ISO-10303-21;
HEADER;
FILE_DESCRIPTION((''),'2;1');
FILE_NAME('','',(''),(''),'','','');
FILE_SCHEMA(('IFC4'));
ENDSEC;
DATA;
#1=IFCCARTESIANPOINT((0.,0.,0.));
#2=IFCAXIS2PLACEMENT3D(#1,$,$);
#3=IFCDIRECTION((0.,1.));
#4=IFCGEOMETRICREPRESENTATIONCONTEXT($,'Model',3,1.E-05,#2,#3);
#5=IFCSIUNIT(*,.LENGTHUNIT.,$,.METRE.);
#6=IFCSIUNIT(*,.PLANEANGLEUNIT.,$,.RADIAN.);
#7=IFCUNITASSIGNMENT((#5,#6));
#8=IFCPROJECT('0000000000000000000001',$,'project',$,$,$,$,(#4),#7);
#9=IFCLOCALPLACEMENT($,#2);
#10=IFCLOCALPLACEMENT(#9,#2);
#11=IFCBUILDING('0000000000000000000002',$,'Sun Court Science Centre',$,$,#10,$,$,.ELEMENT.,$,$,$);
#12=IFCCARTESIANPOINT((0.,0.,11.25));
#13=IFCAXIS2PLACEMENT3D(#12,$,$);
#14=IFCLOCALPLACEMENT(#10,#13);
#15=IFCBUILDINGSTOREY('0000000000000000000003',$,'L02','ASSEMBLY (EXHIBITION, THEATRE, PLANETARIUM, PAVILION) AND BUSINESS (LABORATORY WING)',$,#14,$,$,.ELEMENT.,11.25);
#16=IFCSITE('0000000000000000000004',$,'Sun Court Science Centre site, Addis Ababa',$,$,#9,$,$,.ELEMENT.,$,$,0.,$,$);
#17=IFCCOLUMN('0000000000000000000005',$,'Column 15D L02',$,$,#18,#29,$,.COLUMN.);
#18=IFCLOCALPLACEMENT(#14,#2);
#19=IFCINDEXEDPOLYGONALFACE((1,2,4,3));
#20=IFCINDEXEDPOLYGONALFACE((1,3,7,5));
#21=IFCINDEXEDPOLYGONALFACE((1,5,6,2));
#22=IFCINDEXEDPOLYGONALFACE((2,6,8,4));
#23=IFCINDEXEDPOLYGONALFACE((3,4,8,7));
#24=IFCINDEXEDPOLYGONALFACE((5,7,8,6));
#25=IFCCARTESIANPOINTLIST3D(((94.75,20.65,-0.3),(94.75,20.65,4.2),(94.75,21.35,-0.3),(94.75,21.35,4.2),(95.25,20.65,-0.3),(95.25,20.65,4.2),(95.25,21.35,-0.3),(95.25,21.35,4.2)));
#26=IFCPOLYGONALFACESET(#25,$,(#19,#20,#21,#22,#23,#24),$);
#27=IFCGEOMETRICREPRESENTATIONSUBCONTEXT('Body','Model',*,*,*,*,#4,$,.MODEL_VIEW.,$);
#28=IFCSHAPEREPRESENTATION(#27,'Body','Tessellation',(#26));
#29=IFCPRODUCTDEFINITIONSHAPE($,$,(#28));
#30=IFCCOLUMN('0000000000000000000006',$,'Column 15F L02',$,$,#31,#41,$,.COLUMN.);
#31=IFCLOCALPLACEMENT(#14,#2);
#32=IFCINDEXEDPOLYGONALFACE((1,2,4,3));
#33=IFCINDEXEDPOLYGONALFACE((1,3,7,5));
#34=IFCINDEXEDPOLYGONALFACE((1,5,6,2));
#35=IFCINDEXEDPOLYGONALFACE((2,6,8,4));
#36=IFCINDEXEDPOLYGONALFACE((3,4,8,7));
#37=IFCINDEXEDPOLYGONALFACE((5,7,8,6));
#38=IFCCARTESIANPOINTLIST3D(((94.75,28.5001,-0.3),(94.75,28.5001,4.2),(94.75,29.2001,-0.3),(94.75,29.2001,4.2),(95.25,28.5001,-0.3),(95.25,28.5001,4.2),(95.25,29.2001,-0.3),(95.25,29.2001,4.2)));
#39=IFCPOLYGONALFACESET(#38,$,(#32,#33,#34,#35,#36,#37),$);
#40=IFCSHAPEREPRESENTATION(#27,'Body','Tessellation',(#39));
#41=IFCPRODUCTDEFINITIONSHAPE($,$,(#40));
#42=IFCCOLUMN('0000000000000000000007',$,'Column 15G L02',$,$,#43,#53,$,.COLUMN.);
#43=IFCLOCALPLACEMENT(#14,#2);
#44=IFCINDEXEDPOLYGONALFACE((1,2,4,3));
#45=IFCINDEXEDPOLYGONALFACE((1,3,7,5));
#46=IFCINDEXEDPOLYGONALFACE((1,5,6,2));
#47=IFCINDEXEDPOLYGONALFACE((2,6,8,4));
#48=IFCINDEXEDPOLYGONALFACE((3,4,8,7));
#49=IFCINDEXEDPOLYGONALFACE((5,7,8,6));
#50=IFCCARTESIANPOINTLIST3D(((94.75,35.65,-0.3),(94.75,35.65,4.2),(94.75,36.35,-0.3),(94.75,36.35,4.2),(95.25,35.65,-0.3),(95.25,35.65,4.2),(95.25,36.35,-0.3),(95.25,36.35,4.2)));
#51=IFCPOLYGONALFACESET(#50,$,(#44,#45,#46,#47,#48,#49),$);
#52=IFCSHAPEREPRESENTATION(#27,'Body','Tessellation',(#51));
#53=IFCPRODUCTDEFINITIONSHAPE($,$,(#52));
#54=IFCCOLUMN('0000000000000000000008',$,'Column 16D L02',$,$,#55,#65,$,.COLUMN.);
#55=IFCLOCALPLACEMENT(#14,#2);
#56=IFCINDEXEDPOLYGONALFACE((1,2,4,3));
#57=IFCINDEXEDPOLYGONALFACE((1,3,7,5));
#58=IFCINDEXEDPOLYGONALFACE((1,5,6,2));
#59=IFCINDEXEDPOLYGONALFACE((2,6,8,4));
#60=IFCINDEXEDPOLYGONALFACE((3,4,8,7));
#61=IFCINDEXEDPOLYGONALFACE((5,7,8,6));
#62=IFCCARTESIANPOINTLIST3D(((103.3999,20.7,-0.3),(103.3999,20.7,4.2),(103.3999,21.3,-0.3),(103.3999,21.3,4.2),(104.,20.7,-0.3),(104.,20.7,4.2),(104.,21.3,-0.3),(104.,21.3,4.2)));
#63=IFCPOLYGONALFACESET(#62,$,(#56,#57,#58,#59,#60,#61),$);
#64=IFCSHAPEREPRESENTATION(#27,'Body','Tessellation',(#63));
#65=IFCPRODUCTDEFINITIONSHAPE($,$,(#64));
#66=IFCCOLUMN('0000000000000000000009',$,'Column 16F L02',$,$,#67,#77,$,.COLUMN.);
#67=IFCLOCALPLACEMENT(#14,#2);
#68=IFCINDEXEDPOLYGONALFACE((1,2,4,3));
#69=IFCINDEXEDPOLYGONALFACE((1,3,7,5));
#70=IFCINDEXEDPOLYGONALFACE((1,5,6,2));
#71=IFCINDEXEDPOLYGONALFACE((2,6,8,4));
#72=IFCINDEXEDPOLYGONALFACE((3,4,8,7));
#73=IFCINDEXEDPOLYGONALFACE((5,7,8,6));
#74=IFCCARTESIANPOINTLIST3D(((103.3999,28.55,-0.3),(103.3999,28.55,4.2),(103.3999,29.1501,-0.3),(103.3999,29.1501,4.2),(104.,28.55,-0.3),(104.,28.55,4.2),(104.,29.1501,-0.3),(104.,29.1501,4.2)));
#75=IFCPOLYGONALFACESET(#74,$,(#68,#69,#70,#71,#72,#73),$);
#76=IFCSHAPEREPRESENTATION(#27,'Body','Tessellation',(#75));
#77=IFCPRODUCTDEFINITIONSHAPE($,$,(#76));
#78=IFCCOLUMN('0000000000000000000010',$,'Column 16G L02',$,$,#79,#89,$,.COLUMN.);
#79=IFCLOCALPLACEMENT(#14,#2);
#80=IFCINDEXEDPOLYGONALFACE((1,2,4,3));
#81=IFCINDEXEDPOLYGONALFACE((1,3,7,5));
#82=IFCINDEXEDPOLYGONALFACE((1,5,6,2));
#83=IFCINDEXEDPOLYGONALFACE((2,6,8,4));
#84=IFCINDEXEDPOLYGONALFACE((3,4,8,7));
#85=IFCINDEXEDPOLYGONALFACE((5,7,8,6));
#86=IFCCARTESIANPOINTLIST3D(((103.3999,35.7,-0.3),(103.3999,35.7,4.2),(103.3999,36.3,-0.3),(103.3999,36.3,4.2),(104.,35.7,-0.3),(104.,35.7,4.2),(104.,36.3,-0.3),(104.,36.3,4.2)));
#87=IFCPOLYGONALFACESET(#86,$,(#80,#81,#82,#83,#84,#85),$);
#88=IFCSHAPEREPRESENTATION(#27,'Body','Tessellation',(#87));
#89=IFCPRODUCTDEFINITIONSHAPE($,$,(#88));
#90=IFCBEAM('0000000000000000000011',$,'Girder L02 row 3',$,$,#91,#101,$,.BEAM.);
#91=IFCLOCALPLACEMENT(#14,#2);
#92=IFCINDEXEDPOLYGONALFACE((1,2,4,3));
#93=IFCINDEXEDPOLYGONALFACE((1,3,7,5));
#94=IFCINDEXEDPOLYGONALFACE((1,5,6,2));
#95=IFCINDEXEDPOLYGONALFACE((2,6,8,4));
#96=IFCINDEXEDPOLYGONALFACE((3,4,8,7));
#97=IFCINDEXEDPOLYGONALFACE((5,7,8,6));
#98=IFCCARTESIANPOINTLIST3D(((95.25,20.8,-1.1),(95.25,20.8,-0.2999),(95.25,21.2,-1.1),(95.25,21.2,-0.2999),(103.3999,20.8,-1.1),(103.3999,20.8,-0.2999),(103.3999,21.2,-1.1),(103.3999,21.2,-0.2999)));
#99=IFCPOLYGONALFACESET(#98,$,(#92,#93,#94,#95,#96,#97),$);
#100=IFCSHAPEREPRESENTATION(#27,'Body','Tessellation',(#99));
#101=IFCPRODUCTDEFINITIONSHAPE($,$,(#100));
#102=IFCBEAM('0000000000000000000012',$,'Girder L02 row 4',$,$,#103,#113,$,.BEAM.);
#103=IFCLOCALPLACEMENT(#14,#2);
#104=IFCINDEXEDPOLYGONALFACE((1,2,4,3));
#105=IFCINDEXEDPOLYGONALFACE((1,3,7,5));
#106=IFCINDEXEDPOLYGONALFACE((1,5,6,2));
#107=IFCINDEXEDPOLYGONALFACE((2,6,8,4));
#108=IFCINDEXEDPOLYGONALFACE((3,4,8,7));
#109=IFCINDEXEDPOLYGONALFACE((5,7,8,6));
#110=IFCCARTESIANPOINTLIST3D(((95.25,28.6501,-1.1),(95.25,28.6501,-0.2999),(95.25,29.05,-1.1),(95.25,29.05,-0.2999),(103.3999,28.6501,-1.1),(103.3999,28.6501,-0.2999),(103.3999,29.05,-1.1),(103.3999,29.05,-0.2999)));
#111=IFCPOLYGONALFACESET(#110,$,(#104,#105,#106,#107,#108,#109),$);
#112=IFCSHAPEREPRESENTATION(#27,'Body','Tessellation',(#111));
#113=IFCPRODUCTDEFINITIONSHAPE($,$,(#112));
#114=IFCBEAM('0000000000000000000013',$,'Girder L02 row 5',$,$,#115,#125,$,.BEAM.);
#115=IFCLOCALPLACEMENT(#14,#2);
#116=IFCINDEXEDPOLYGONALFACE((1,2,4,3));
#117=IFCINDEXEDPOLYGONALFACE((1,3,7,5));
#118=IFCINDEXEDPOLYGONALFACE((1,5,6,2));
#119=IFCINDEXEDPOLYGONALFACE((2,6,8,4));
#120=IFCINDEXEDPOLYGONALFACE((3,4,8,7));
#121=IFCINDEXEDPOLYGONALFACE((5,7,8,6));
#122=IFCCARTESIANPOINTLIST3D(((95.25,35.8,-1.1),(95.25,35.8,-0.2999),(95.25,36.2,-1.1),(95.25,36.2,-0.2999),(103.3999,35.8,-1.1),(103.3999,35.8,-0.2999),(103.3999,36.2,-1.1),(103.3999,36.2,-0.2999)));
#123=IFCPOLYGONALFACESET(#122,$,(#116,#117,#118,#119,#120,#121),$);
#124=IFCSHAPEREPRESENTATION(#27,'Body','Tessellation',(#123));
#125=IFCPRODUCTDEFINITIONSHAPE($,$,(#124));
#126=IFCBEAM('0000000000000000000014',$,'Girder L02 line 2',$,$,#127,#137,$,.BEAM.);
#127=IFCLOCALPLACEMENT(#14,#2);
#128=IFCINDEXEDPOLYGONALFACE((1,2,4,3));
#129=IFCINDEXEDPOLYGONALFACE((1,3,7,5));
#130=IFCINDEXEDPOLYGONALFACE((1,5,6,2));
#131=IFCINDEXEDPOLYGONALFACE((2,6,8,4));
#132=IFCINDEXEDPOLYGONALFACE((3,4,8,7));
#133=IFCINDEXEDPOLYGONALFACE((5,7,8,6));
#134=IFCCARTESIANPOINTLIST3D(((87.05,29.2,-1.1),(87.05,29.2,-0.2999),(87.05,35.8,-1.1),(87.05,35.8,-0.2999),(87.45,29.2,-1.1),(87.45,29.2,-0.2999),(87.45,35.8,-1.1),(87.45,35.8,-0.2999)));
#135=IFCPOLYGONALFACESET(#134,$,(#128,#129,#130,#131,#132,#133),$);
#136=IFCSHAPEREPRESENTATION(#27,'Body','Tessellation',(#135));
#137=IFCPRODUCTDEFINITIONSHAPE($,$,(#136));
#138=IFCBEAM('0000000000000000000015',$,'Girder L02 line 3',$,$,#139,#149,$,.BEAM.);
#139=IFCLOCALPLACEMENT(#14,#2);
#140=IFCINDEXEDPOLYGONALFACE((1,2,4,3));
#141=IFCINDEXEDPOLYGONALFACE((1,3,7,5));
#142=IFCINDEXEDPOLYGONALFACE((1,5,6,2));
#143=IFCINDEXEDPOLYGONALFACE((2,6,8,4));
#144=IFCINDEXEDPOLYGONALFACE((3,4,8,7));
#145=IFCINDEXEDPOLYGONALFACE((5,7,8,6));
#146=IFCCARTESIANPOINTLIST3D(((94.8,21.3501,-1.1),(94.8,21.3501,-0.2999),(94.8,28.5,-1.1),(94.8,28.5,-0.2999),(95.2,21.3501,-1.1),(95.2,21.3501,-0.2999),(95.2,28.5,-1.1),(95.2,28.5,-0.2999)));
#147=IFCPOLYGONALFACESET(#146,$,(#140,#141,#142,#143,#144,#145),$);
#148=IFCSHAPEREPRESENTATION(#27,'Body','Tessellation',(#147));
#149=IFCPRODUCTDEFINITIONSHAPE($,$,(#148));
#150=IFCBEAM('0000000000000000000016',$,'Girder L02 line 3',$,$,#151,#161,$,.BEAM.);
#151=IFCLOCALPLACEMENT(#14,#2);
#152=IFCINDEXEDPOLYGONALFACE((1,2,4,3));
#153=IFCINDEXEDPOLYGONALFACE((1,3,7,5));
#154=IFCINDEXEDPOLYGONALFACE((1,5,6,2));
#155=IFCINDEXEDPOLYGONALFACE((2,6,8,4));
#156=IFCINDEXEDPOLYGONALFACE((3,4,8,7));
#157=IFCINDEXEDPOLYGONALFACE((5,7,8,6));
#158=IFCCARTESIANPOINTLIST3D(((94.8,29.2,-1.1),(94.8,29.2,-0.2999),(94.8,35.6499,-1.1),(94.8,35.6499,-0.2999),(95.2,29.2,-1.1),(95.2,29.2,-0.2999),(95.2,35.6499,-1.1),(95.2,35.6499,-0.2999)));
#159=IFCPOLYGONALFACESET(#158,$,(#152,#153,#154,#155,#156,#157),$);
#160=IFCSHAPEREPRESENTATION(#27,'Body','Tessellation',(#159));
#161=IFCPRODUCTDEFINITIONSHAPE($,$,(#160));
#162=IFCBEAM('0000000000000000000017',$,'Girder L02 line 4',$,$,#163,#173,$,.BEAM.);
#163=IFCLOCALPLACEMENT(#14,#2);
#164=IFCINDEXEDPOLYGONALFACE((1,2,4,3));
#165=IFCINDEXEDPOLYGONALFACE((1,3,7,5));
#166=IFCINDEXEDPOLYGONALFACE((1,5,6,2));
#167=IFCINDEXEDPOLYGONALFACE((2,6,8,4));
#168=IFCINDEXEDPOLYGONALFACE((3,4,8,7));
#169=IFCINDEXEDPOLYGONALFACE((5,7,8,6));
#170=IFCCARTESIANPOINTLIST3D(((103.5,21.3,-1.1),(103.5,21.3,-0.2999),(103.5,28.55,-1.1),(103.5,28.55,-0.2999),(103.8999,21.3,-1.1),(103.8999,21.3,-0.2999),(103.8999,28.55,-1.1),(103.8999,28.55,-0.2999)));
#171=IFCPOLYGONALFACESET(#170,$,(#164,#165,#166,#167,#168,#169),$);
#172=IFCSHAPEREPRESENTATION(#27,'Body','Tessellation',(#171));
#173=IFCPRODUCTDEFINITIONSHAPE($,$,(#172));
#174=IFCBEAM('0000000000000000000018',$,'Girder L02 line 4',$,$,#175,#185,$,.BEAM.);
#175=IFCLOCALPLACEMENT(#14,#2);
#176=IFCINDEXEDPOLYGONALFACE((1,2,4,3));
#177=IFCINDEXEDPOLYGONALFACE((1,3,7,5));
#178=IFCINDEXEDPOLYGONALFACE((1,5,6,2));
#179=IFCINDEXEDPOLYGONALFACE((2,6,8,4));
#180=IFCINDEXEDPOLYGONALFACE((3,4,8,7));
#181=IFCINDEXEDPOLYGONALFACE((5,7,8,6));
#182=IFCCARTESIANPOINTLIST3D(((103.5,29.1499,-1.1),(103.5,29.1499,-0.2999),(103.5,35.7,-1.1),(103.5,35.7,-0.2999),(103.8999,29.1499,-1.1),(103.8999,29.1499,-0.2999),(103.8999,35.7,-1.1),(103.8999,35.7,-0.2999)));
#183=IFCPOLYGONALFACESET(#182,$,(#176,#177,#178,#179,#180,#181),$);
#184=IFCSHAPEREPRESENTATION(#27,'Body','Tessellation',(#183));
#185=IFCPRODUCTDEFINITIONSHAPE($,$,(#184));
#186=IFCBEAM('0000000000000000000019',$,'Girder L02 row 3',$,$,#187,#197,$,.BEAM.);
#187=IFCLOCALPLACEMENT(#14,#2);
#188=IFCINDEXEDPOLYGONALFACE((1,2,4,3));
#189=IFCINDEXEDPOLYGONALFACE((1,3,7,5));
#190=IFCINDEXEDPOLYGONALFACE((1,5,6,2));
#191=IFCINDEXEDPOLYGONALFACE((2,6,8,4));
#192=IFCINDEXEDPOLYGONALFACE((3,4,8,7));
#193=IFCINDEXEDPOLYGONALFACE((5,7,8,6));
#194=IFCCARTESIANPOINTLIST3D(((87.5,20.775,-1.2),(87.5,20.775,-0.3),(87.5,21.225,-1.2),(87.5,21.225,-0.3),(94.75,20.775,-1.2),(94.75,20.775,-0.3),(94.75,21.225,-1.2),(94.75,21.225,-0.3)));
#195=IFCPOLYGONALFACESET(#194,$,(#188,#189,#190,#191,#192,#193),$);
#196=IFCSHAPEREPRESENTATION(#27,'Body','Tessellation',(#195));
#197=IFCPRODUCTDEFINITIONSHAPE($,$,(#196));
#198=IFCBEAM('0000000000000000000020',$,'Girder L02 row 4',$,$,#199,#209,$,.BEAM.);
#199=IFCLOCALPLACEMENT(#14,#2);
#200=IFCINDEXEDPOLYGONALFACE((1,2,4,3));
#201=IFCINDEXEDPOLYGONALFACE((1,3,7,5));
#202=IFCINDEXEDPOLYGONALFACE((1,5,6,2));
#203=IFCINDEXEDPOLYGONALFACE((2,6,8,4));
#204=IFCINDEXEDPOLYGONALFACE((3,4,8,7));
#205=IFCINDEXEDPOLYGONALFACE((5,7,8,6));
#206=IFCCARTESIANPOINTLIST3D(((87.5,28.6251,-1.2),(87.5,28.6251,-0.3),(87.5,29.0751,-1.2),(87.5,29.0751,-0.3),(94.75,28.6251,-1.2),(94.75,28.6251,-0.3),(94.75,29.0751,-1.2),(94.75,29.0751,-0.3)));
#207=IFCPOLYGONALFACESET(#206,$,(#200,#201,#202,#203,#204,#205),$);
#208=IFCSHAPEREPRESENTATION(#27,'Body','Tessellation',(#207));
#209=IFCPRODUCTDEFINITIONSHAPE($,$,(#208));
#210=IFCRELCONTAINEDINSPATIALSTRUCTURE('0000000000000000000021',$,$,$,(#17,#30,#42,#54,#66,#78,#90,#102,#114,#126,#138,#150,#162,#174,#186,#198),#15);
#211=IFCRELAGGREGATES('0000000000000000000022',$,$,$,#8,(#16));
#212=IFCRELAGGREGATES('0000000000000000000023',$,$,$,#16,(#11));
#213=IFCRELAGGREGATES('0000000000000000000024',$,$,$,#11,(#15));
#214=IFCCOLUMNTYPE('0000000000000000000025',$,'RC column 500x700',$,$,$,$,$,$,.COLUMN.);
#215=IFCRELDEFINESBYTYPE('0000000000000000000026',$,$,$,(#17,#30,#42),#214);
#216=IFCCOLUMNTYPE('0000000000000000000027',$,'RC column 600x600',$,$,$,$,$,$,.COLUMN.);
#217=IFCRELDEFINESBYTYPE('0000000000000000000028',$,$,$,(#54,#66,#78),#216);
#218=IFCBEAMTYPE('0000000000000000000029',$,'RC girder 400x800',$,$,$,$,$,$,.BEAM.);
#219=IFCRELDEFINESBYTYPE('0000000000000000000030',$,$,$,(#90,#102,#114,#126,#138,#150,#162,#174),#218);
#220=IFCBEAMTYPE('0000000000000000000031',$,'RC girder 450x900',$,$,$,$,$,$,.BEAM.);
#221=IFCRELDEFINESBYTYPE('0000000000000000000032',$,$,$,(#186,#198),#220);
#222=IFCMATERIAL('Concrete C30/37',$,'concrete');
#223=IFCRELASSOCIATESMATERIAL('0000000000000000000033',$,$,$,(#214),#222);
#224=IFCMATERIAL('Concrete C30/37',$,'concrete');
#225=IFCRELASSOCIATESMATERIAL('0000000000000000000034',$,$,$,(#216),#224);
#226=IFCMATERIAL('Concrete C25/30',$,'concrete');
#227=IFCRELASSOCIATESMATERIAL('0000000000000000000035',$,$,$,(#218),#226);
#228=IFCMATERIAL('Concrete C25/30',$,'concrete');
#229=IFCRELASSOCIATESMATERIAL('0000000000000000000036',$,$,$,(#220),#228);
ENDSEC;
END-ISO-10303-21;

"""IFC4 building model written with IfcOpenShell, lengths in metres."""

from ifc_helpers import new_model, si_unit, direction, frame, origin, origin_2d, place, context, subcontext, project, spatial, rectangle, extrude, material, material_profile, profile_set, type_object, element, save


model = new_model("IFC4")

# Units and contexts
model_context = context("Model", 3, precision=1e-05, world=origin(), true_north=direction((0.0, 1.0)))
body_context = subcontext(model_context, "Body", "Model", "MODEL_VIEW")
ifc_project = project(units=[si_unit("LENGTHUNIT", "METRE"), si_unit("PLANEANGLEUNIT", "RADIAN")], contexts=[model_context])

# Site, building, storey
site_placement = place(None, origin())
site = spatial("IfcSite", under=ifc_project, at=site_placement, Name="Sun Court Science Centre site, Addis Ababa", CompositionType="ELEMENT", RefElevation=0.0)
building_placement = place(site_placement, origin())
building = spatial("IfcBuilding", under=site, at=building_placement, Name="Sun Court Science Centre", CompositionType="ELEMENT")
storey_placement = place(building_placement, frame((0.0, 0.0, 11.25)))
storey = spatial("IfcBuildingStorey", under=building, at=storey_placement, Name="L02", Description="ASSEMBLY (EXHIBITION, THEATRE, PLANETARIUM, PAVILION) AND BUSINESS (LABORATORY WING)", CompositionType="ELEMENT", Elevation=11.25)

# Columns
ifc_material_1 = material(Name="Concrete C30/37", Category="concrete")
ifc_material_profile_1 = material_profile(ifc_material_1, rectangle(XDim=0.5, YDim=0.7, at=origin_2d()), Name="RC 500x700")
ifc_profile_set_1 = profile_set([ifc_material_profile_1], Name="Concrete C30/37")
column_type_1 = type_object("IfcColumnType", Name="RC column 500x700", PredefinedType="COLUMN", material=ifc_profile_set_1)
for number, where, z_axis, x_axis, name in (
    (1, (95.0, 21.0, -0.3), (0.0, 0.0, 1.0), (1.0, 0.0, 0.0), "Column 15D L02"),
    (2, (95.0, 28.8501, -0.3), (0.0, 0.0, 1.0), (1.0, 0.0, 0.0), "Column 15F L02"),
    (3, (95.0, 36.0, -0.3), (0.0, 0.0, 1.0), (1.0, 0.0, 0.0), "Column 15G L02"),
):
    element("IfcColumn", number, at=place(storey_placement, frame(where, z_axis=z_axis, x_axis=x_axis)), inside=storey, type_object=column_type_1, Name=name, PredefinedType="COLUMN", context=body_context, shape_type="SweptSolid", body=[
        extrude(rectangle(XDim=0.5, YDim=0.7, at=origin_2d()), origin(), (0.0, 0.0, 1.0), 4.5),
    ])
ifc_material_2 = material(Name="Concrete C30/37", Category="concrete")
ifc_material_profile_2 = material_profile(ifc_material_2, rectangle(XDim=0.6001, YDim=0.6001, at=origin_2d()), Name="RC 600x600")
ifc_profile_set_2 = profile_set([ifc_material_profile_2], Name="Concrete C30/37")
column_type_2 = type_object("IfcColumnType", Name="RC column 600x600", PredefinedType="COLUMN", material=ifc_profile_set_2)
for number, where, z_axis, x_axis, name in (
    (4, (103.7, 21.0, -0.3), (0.0, 0.0, 1.0), (1.0, 0.0, 0.0), "Column 16D L02"),
    (5, (103.7, 28.8501, -0.3), (0.0, 0.0, 1.0), (1.0, 0.0, 0.0), "Column 16F L02"),
    (6, (103.7, 36.0, -0.3), (0.0, 0.0, 1.0), (1.0, 0.0, 0.0), "Column 16G L02"),
):
    element("IfcColumn", number, at=place(storey_placement, frame(where, z_axis=z_axis, x_axis=x_axis)), inside=storey, type_object=column_type_2, Name=name, PredefinedType="COLUMN", context=body_context, shape_type="SweptSolid", body=[
        extrude(rectangle(XDim=0.6001, YDim=0.6001, at=origin_2d()), origin(), (0.0, 0.0, 1.0), 4.5),
    ])

# Beams
ifc_material_3 = material(Name="Concrete C25/30", Category="concrete")
ifc_material_profile_3 = material_profile(ifc_material_3, rectangle(XDim=0.3999, YDim=0.8, at=origin_2d()), Name="RC 400x800")
ifc_profile_set_3 = profile_set([ifc_material_profile_3], Name="Concrete C25/30")
beam_type_1 = type_object("IfcBeamType", Name="RC girder 400x800", PredefinedType="BEAM", material=ifc_profile_set_3)
for number, where, z_axis, x_axis, name in (
    (7, (95.25, 21.0, -0.7), (1.0, 0.0, 0.0), (0.0, 1.0, 0.0), "Girder L02 row 3"),
    (8, (95.25, 28.8501, -0.7), (1.0, 0.0, 0.0), (0.0, 1.0, 0.0), "Girder L02 row 4"),
    (9, (95.25, 36.0, -0.7), (1.0, 0.0, 0.0), (0.0, 1.0, 0.0), "Girder L02 row 5"),
):
    element("IfcBeam", number, at=place(storey_placement, frame(where, z_axis=z_axis, x_axis=x_axis)), inside=storey, type_object=beam_type_1, Name=name, PredefinedType="BEAM", context=body_context, shape_type="SweptSolid", body=[
        extrude(rectangle(XDim=0.3999, YDim=0.8, at=origin_2d()), origin(), (0.0, 0.0, 1.0), 8.1499),
    ])
beam_1_placement = place(storey_placement, frame((87.25, 29.2, -0.7), z_axis=(0.0, 1.0, 0.0), x_axis=(-1.0, 0.0, 0.0)))
element("IfcBeam", 10, at=beam_1_placement, inside=storey, type_object=beam_type_1, Name="Girder L02 line 2", PredefinedType="BEAM", context=body_context, shape_type="SweptSolid", body=[
    extrude(rectangle(XDim=0.3999, YDim=0.8, at=origin_2d()), origin(), (0.0, 0.0, 1.0), 6.6001),
])
beam_2_placement = place(storey_placement, frame((95.0, 21.3501, -0.7), z_axis=(0.0, 1.0, 0.0), x_axis=(-1.0, 0.0, 0.0)))
element("IfcBeam", 11, at=beam_2_placement, inside=storey, type_object=beam_type_1, Name="Girder L02 line 3", PredefinedType="BEAM", context=body_context, shape_type="SweptSolid", body=[
    extrude(rectangle(XDim=0.3999, YDim=0.8, at=origin_2d()), origin(), (0.0, 0.0, 1.0), 7.1499),
])
beam_3_placement = place(storey_placement, frame((95.0, 29.2, -0.7), z_axis=(0.0, 1.0, 0.0), x_axis=(-1.0, 0.0, 0.0)))
element("IfcBeam", 12, at=beam_3_placement, inside=storey, type_object=beam_type_1, Name="Girder L02 line 3", PredefinedType="BEAM", context=body_context, shape_type="SweptSolid", body=[
    extrude(rectangle(XDim=0.3999, YDim=0.8, at=origin_2d()), origin(), (0.0, 0.0, 1.0), 6.45),
])
beam_4_placement = place(storey_placement, frame((103.7, 21.3, -0.7), z_axis=(0.0, 1.0, 0.0), x_axis=(-1.0, 0.0, 0.0)))
element("IfcBeam", 13, at=beam_4_placement, inside=storey, type_object=beam_type_1, Name="Girder L02 line 4", PredefinedType="BEAM", context=body_context, shape_type="SweptSolid", body=[
    extrude(rectangle(XDim=0.3999, YDim=0.8, at=origin_2d()), origin(), (0.0, 0.0, 1.0), 7.25),
])
beam_5_placement = place(storey_placement, frame((103.7, 29.1499, -0.7), z_axis=(0.0, 1.0, 0.0), x_axis=(-1.0, 0.0, 0.0)))
element("IfcBeam", 14, at=beam_5_placement, inside=storey, type_object=beam_type_1, Name="Girder L02 line 4", PredefinedType="BEAM", context=body_context, shape_type="SweptSolid", body=[
    extrude(rectangle(XDim=0.3999, YDim=0.8, at=origin_2d()), origin(), (0.0, 0.0, 1.0), 6.55),
])
ifc_material_4 = material(Name="Concrete C25/30", Category="concrete")
ifc_material_profile_4 = material_profile(ifc_material_4, rectangle(XDim=0.45, YDim=0.8999, at=origin_2d()), Name="RC 450x900")
ifc_profile_set_4 = profile_set([ifc_material_profile_4], Name="Concrete C25/30")
beam_type_2 = type_object("IfcBeamType", Name="RC girder 450x900", PredefinedType="BEAM", material=ifc_profile_set_4)
for number, where, z_axis, x_axis, name in (
    (15, (87.5, 21.0, -0.75), (1.0, 0.0, 0.0), (0.0, 1.0, 0.0), "Girder L02 row 3"),
    (16, (87.5, 28.8501, -0.75), (1.0, 0.0, 0.0), (0.0, 1.0, 0.0), "Girder L02 row 4"),
):
    element("IfcBeam", number, at=place(storey_placement, frame(where, z_axis=z_axis, x_axis=x_axis)), inside=storey, type_object=beam_type_2, Name=name, PredefinedType="BEAM", context=body_context, shape_type="SweptSolid", body=[
        extrude(rectangle(XDim=0.45, YDim=0.8999, at=origin_2d()), origin(), (0.0, 0.0, 1.0), 7.25),
    ])

save(model, "model.ifc")
